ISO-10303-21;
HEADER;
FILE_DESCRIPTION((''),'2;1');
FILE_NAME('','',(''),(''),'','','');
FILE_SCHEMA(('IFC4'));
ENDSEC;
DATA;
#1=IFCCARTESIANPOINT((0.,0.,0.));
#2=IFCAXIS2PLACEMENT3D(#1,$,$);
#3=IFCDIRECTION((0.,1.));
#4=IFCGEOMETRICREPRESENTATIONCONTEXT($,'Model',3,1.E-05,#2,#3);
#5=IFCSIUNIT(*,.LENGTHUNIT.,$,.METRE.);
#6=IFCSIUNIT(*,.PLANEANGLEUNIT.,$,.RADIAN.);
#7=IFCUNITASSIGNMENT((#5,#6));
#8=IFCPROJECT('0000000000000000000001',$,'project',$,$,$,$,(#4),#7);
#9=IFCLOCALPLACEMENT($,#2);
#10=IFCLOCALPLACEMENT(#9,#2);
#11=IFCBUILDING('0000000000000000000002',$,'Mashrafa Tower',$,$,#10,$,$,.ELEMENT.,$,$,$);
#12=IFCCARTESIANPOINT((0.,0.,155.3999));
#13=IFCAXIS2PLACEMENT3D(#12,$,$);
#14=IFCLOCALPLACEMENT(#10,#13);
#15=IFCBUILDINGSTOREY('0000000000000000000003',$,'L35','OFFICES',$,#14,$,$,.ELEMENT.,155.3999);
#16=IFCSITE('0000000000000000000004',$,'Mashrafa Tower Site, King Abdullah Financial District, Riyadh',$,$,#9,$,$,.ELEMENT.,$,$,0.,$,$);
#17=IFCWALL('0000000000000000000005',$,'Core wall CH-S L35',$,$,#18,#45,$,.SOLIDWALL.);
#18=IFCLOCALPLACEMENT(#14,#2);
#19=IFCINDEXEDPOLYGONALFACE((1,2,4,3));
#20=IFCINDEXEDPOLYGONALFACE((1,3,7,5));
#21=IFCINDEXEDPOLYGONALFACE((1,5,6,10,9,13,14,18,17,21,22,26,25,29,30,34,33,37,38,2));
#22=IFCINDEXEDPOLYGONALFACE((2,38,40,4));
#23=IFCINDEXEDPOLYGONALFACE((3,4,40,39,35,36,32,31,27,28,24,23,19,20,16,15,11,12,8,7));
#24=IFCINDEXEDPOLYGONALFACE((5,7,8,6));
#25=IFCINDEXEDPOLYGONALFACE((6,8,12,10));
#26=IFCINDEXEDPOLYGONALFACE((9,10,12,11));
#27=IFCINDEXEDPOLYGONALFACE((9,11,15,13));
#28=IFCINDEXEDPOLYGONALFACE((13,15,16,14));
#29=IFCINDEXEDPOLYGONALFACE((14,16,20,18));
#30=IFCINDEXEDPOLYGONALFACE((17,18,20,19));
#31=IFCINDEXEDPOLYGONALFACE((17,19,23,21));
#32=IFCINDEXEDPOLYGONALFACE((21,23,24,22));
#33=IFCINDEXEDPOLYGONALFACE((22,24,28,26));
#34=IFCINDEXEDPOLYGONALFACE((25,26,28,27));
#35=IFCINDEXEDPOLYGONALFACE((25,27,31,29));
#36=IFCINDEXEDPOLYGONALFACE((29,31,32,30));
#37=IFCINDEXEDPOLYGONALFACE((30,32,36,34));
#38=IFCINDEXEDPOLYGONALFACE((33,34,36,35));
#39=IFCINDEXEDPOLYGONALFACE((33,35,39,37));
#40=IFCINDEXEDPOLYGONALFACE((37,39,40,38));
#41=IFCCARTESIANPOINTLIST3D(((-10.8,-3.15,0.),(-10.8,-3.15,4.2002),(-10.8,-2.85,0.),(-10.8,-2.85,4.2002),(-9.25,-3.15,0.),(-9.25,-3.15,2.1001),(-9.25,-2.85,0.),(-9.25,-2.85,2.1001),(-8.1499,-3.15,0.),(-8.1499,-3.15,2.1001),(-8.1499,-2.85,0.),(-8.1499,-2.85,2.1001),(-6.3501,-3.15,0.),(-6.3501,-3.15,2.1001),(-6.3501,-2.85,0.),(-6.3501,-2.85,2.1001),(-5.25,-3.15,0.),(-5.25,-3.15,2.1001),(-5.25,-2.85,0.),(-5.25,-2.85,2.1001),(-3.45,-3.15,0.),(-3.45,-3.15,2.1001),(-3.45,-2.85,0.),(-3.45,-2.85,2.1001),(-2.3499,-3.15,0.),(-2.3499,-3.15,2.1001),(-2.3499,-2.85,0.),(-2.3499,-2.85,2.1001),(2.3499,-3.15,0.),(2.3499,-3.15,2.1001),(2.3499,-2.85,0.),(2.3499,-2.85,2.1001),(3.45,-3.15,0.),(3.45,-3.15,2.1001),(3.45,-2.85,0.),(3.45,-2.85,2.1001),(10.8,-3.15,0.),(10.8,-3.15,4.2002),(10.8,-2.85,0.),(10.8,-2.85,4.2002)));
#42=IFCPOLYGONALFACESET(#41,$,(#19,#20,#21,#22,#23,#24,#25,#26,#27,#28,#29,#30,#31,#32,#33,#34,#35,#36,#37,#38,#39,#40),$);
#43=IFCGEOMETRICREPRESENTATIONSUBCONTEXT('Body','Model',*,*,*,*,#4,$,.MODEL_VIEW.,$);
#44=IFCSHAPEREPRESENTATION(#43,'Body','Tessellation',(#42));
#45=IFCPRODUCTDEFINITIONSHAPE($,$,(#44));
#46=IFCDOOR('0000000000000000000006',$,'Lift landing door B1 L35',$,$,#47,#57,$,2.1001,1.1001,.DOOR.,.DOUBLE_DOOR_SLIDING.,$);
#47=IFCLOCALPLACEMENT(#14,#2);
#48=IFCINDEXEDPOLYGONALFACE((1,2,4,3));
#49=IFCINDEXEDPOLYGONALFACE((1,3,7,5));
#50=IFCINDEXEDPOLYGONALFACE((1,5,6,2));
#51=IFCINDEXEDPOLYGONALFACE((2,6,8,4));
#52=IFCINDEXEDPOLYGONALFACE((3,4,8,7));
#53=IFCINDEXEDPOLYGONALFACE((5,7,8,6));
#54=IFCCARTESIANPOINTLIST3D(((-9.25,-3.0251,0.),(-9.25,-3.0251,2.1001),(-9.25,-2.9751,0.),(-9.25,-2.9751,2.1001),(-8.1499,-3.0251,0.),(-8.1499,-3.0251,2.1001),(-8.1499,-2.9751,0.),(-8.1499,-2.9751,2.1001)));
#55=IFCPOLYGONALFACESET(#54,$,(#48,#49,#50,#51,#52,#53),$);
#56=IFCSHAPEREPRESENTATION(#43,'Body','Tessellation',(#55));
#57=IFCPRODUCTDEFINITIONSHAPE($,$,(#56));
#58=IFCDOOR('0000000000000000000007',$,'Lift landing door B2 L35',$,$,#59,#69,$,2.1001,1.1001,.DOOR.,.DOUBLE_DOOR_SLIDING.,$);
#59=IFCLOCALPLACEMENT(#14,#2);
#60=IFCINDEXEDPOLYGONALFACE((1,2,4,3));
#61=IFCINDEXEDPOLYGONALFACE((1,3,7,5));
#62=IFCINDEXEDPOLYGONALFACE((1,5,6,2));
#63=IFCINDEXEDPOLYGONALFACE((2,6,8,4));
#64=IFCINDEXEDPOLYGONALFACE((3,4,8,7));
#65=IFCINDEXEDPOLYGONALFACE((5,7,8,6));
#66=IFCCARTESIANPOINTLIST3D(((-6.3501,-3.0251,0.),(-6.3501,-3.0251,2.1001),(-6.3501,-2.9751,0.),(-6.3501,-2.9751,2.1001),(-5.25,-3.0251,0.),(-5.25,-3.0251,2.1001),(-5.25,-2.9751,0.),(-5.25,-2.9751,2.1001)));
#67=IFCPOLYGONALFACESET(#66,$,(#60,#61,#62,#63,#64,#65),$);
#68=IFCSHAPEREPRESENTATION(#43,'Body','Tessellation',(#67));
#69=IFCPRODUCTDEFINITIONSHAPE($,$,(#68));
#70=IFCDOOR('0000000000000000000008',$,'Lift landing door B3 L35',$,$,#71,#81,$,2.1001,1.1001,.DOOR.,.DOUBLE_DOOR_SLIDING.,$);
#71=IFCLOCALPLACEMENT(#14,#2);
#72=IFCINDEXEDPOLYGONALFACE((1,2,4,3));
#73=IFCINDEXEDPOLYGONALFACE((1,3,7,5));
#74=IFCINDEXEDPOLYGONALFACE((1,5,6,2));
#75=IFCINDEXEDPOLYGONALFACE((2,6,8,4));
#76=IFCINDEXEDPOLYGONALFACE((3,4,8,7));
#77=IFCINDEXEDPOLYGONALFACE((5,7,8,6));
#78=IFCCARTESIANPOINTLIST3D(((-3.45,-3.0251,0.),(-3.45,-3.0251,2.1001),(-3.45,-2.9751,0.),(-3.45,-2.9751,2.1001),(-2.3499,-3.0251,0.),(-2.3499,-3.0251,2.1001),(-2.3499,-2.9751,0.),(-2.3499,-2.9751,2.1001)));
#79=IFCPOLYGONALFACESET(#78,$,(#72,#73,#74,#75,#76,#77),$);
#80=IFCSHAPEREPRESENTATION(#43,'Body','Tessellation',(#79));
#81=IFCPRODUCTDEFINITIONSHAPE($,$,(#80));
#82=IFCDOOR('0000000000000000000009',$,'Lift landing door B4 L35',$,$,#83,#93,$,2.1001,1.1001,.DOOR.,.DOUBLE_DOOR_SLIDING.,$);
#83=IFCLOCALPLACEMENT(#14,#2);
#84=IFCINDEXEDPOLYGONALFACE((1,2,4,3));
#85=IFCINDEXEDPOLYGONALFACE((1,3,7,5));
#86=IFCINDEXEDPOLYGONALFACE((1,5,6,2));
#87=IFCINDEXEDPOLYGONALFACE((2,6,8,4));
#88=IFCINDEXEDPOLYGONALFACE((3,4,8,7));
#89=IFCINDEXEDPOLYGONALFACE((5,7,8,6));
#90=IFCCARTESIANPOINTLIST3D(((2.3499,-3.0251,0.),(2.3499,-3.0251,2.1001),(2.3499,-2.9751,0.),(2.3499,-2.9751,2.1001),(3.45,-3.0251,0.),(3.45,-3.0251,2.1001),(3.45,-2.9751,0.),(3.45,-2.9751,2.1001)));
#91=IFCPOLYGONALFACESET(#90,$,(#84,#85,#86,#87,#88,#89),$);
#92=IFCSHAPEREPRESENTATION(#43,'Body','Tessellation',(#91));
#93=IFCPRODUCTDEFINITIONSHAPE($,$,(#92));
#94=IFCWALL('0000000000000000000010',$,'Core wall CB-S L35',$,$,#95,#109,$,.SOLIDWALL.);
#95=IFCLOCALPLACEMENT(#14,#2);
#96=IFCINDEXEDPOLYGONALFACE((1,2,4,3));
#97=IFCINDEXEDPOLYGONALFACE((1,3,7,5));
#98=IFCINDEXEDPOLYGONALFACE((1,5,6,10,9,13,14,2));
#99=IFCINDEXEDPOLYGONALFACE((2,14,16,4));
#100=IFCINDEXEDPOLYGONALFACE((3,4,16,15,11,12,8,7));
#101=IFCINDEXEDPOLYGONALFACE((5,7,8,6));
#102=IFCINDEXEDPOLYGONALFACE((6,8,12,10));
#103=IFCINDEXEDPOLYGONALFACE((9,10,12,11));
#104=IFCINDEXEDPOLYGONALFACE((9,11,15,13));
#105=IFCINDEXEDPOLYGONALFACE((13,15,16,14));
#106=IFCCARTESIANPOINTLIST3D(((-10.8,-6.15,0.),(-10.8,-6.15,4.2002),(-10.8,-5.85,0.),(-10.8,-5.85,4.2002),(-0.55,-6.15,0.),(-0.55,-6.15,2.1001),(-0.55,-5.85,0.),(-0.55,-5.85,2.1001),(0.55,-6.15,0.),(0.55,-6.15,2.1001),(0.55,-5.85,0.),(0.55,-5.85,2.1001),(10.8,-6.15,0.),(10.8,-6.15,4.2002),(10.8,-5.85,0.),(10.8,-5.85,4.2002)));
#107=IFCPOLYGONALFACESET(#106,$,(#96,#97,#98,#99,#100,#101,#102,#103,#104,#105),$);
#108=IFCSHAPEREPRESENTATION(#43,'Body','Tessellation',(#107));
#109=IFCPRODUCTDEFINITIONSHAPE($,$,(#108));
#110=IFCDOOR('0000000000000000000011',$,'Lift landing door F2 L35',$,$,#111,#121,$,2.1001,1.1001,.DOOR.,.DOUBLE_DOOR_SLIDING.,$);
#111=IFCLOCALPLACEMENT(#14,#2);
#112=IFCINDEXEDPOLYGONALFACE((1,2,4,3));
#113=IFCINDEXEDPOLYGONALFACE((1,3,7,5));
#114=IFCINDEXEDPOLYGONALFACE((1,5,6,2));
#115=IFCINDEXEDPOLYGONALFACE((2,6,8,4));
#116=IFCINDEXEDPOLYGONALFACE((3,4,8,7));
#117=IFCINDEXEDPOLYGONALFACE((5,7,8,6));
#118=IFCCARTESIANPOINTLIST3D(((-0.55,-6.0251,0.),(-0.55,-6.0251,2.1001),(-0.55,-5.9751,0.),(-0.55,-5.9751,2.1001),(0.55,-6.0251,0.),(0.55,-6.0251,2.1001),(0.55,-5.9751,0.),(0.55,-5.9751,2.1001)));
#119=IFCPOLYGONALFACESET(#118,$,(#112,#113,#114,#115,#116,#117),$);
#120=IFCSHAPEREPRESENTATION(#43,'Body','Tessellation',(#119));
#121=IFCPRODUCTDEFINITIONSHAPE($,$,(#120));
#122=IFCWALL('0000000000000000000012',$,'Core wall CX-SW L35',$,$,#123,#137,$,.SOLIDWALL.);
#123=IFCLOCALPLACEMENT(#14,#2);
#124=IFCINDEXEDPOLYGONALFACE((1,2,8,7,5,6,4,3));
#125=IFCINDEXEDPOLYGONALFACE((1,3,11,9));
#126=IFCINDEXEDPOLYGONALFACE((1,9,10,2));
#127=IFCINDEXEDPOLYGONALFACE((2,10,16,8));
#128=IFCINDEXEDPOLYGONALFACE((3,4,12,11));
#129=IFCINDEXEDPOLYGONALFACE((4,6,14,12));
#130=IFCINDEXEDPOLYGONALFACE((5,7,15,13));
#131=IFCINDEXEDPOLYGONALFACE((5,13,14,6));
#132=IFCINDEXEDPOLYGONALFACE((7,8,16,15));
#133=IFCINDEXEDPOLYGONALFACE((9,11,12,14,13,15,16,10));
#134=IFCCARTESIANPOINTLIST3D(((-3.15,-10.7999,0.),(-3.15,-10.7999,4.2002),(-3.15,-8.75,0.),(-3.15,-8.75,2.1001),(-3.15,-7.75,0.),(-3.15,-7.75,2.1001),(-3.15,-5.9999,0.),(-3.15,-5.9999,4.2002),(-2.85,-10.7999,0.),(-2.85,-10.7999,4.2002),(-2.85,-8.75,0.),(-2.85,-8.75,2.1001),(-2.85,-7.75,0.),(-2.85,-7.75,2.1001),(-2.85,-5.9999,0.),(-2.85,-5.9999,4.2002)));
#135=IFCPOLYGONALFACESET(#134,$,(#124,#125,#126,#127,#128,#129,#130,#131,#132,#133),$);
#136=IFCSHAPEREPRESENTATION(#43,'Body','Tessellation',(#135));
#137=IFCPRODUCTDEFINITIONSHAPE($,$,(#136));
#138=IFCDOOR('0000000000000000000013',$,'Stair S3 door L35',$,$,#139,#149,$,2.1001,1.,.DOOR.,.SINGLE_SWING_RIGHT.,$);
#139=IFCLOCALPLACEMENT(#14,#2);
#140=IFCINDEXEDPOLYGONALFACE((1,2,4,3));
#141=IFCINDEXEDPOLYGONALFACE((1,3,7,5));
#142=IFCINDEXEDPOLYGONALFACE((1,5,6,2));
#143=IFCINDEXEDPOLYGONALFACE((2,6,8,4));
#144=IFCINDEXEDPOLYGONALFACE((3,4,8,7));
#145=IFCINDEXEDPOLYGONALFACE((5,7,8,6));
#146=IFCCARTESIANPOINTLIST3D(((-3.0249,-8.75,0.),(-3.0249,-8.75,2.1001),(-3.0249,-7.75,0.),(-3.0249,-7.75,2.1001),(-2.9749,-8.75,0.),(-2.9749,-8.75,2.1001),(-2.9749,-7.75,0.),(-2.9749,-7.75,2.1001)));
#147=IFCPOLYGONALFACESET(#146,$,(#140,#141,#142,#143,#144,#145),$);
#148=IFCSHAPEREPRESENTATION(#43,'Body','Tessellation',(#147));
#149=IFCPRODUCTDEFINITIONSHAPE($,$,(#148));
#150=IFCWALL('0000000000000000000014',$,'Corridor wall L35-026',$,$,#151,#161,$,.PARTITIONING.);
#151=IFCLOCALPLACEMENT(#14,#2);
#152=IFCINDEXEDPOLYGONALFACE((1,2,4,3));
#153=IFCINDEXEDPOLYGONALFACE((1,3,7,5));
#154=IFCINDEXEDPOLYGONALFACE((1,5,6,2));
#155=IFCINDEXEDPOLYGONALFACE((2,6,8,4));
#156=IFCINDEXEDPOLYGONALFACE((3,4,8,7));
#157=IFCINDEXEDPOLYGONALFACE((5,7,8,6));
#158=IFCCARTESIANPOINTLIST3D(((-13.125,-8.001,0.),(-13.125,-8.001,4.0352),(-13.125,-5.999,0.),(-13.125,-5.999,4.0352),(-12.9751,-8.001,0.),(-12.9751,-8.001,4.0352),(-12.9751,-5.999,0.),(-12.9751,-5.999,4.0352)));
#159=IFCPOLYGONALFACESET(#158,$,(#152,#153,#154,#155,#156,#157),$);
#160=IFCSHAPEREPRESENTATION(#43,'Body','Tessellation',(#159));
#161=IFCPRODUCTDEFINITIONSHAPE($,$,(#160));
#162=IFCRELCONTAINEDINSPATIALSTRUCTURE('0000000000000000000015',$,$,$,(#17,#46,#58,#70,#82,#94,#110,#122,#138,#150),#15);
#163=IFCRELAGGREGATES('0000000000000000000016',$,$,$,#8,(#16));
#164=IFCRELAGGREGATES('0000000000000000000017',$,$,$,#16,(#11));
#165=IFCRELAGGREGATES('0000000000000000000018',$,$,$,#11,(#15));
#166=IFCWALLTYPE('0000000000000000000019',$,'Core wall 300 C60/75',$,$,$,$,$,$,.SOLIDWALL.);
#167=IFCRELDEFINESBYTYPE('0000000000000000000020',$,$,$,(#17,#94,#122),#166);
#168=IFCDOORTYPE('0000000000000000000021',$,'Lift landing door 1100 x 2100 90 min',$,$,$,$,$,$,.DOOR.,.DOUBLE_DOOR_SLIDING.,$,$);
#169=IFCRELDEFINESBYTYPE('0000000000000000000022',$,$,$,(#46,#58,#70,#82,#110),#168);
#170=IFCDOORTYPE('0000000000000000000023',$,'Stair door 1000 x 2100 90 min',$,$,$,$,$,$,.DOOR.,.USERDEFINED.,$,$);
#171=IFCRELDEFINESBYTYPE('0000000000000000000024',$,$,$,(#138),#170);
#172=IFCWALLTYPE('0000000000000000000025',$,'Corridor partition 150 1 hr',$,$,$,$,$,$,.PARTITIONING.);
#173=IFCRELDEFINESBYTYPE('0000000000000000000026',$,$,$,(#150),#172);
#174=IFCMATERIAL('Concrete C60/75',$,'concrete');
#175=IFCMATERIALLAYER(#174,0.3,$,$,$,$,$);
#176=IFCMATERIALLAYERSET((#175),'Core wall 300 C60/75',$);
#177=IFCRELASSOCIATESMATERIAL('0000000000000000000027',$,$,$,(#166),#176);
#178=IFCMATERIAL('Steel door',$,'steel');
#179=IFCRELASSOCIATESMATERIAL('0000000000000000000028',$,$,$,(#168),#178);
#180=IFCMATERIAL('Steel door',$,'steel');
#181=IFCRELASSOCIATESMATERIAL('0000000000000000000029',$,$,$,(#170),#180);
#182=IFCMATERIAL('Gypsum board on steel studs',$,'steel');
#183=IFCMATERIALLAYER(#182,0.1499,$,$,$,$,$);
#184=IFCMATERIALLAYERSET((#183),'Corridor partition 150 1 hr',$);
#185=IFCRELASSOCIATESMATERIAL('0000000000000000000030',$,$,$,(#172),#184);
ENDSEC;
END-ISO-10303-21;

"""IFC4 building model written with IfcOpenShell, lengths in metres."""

from ifc_helpers import new_model, si_unit, direction, frame, frame_2d, origin, place, context, subcontext, project, spatial, rectangle, extrude, material, layer, layer_set, type_object, element, fill, save


model = new_model("IFC4")

# Units and contexts
model_context = context("Model", 3, precision=1e-05, world=origin(), true_north=direction((0.0, 1.0)))
body_context = subcontext(model_context, "Body", "Model", "MODEL_VIEW")
ifc_project = project(units=[si_unit("LENGTHUNIT", "METRE"), si_unit("PLANEANGLEUNIT", "RADIAN")], contexts=[model_context])

# Site, building, storey
site_placement = place(None, origin())
site = spatial("IfcSite", under=ifc_project, at=site_placement, Name="Mashrafa Tower Site, King Abdullah Financial District, Riyadh", CompositionType="ELEMENT", RefElevation=0.0)
building_placement = place(site_placement, origin())
building = spatial("IfcBuilding", under=site, at=building_placement, Name="Mashrafa Tower", CompositionType="ELEMENT")
storey_placement = place(building_placement, frame((0.0, 0.0, 155.3999)))
storey = spatial("IfcBuildingStorey", under=building, at=storey_placement, Name="L35", Description="OFFICES", CompositionType="ELEMENT", Elevation=155.3999)

# Wall, openings, doors
ifc_material_1 = material(Name="Concrete C60/75", Category="concrete")
ifc_layer_1 = layer(ifc_material_1, 0.3)
ifc_layer_set_1 = layer_set([ifc_layer_1], Name="Core wall 300 C60/75")
wall_type_1 = type_object("IfcWallType", Name="Core wall 300 C60/75", PredefinedType="SOLIDWALL", material=ifc_layer_set_1)
wall_1_placement = place(storey_placement, frame((-10.8, -3.0, 0.0), z_axis=(0.0, 0.0, 1.0), x_axis=(1.0, 0.0, 0.0)))
wall_1 = element("IfcWall", 1, at=wall_1_placement, inside=storey, type_object=wall_type_1, Name="Core wall CH-S L35", PredefinedType="SOLIDWALL", context=body_context, shape_type="SweptSolid", body=[
    extrude(rectangle(XDim=21.6001, YDim=0.3, at=frame_2d((10.8, 0.0))), origin(), (0.0, 0.0, 1.0), 4.2002),
])
opening_1_placement = place(wall_1_placement, frame((1.55, 0.0, 0.0)))
opening_1 = element("IfcOpeningElement", 2, at=opening_1_placement, cuts=wall_1, PredefinedType="OPENING", context=body_context, shape_type="SweptSolid", body=[
    extrude(rectangle(XDim=1.1001, YDim=2.1001, at=frame_2d((0.55, 1.05))), frame((0.0, 0.1599, 0.0), z_axis=(0.0, -1.0, 0.0), x_axis=(1.0, 0.0, 0.0)), (0.0, 0.0, 1.0), 0.3201),
])
opening_2_placement = place(wall_1_placement, frame((4.45, 0.0, 0.0)))
opening_2 = element("IfcOpeningElement", 3, at=opening_2_placement, cuts=wall_1, PredefinedType="OPENING", context=body_context, shape_type="SweptSolid", body=[
    extrude(rectangle(XDim=1.1001, YDim=2.1001, at=frame_2d((0.55, 1.05))), frame((0.0, 0.1599, 0.0), z_axis=(0.0, -1.0, 0.0), x_axis=(1.0, 0.0, 0.0)), (0.0, 0.0, 1.0), 0.3201),
])
opening_3_placement = place(wall_1_placement, frame((7.3501, 0.0, 0.0)))
opening_3 = element("IfcOpeningElement", 4, at=opening_3_placement, cuts=wall_1, PredefinedType="OPENING", context=body_context, shape_type="SweptSolid", body=[
    extrude(rectangle(XDim=1.1001, YDim=2.1001, at=frame_2d((0.55, 1.05))), frame((0.0, 0.1599, 0.0), z_axis=(0.0, -1.0, 0.0), x_axis=(1.0, 0.0, 0.0)), (0.0, 0.0, 1.0), 0.3201),
])
opening_4_placement = place(wall_1_placement, frame((13.1499, 0.0, 0.0)))
opening_4 = element("IfcOpeningElement", 5, at=opening_4_placement, cuts=wall_1, PredefinedType="OPENING", context=body_context, shape_type="SweptSolid", body=[
    extrude(rectangle(XDim=1.1001, YDim=2.1001, at=frame_2d((0.55, 1.05))), frame((0.0, 0.1599, 0.0), z_axis=(0.0, -1.0, 0.0), x_axis=(1.0, 0.0, 0.0)), (0.0, 0.0, 1.0), 0.3201),
])
ifc_material_2 = material(Name="Steel door", Category="steel")
door_type_1 = type_object("IfcDoorType", Name="Lift landing door 1100 x 2100 90 min", OperationType="DOUBLE_DOOR_SLIDING", PredefinedType="DOOR", material=ifc_material_2)
door_1_placement = place(opening_1_placement, origin())
door_1 = element("IfcDoor", 6, at=door_1_placement, inside=storey, type_object=door_type_1, Name="Lift landing door B1 L35", OperationType="DOUBLE_DOOR_SLIDING", OverallHeight=2.1001, OverallWidth=1.1001, PredefinedType="DOOR", context=body_context, shape_type="SweptSolid", body=[
    extrude(rectangle(XDim=1.1001, YDim=2.1001, at=frame_2d((0.55, 1.05))), frame((0.0, 0.0249, 0.0), z_axis=(0.0, -1.0, 0.0), x_axis=(1.0, 0.0, 0.0)), (0.0, 0.0, 1.0), 0.05),
])
fill(opening_1, door_1)
door_2_placement = place(opening_2_placement, origin())
door_2 = element("IfcDoor", 7, at=door_2_placement, inside=storey, type_object=door_type_1, Name="Lift landing door B2 L35", OperationType="DOUBLE_DOOR_SLIDING", OverallHeight=2.1001, OverallWidth=1.1001, PredefinedType="DOOR", context=body_context, shape_type="SweptSolid", body=[
    extrude(rectangle(XDim=1.1001, YDim=2.1001, at=frame_2d((0.55, 1.05))), frame((0.0, 0.0249, 0.0), z_axis=(0.0, -1.0, 0.0), x_axis=(1.0, 0.0, 0.0)), (0.0, 0.0, 1.0), 0.05),
])
fill(opening_2, door_2)
door_3_placement = place(opening_3_placement, origin())
door_3 = element("IfcDoor", 8, at=door_3_placement, inside=storey, type_object=door_type_1, Name="Lift landing door B3 L35", OperationType="DOUBLE_DOOR_SLIDING", OverallHeight=2.1001, OverallWidth=1.1001, PredefinedType="DOOR", context=body_context, shape_type="SweptSolid", body=[
    extrude(rectangle(XDim=1.1001, YDim=2.1001, at=frame_2d((0.55, 1.05))), frame((0.0, 0.0249, 0.0), z_axis=(0.0, -1.0, 0.0), x_axis=(1.0, 0.0, 0.0)), (0.0, 0.0, 1.0), 0.05),
])
fill(opening_3, door_3)
door_4_placement = place(opening_4_placement, origin())
door_4 = element("IfcDoor", 9, at=door_4_placement, inside=storey, type_object=door_type_1, Name="Lift landing door B4 L35", OperationType="DOUBLE_DOOR_SLIDING", OverallHeight=2.1001, OverallWidth=1.1001, PredefinedType="DOOR", context=body_context, shape_type="SweptSolid", body=[
    extrude(rectangle(XDim=1.1001, YDim=2.1001, at=frame_2d((0.55, 1.05))), frame((0.0, 0.0249, 0.0), z_axis=(0.0, -1.0, 0.0), x_axis=(1.0, 0.0, 0.0)), (0.0, 0.0, 1.0), 0.05),
])
fill(opening_4, door_4)

# Walls, openings, doors
wall_2_placement = place(storey_placement, frame((-10.8, -6.0, 0.0), z_axis=(0.0, 0.0, 1.0), x_axis=(1.0, 0.0, 0.0)))
wall_2 = element("IfcWall", 10, at=wall_2_placement, inside=storey, type_object=wall_type_1, Name="Core wall CB-S L35", PredefinedType="SOLIDWALL", context=body_context, shape_type="SweptSolid", body=[
    extrude(rectangle(XDim=21.6001, YDim=0.3, at=frame_2d((10.8, 0.0))), origin(), (0.0, 0.0, 1.0), 4.2002),
])
opening_5_placement = place(wall_2_placement, frame((10.25, 0.0, 0.0)))
opening_5 = element("IfcOpeningElement", 11, at=opening_5_placement, cuts=wall_2, PredefinedType="OPENING", context=body_context, shape_type="SweptSolid", body=[
    extrude(rectangle(XDim=1.1001, YDim=2.1001, at=frame_2d((0.55, 1.05))), frame((0.0, 0.1599, 0.0), z_axis=(0.0, -1.0, 0.0), x_axis=(1.0, 0.0, 0.0)), (0.0, 0.0, 1.0), 0.3201),
])
door_5_placement = place(opening_5_placement, origin())
door_5 = element("IfcDoor", 12, at=door_5_placement, inside=storey, type_object=door_type_1, Name="Lift landing door F2 L35", OperationType="DOUBLE_DOOR_SLIDING", OverallHeight=2.1001, OverallWidth=1.1001, PredefinedType="DOOR", context=body_context, shape_type="SweptSolid", body=[
    extrude(rectangle(XDim=1.1001, YDim=2.1001, at=frame_2d((0.55, 1.05))), frame((0.0, 0.0249, 0.0), z_axis=(0.0, -1.0, 0.0), x_axis=(1.0, 0.0, 0.0)), (0.0, 0.0, 1.0), 0.05),
])
fill(opening_5, door_5)
wall_3_placement = place(storey_placement, frame((-3.0, -6.0, 0.0), z_axis=(0.0, 0.0, 1.0), x_axis=(0.0, -1.0, 0.0)))
wall_3 = element("IfcWall", 13, at=wall_3_placement, inside=storey, type_object=wall_type_1, Name="Core wall CX-SW L35", PredefinedType="SOLIDWALL", context=body_context, shape_type="SweptSolid", body=[
    extrude(rectangle(XDim=4.8, YDim=0.3, at=frame_2d((2.3999, 0.0))), origin(), (0.0, 0.0, 1.0), 4.2002),
])
opening_6_placement = place(wall_3_placement, frame((1.75, 0.0, 0.0)))
opening_6 = element("IfcOpeningElement", 14, at=opening_6_placement, cuts=wall_3, PredefinedType="OPENING", context=body_context, shape_type="SweptSolid", body=[
    extrude(rectangle(XDim=1.0, YDim=2.1001, at=frame_2d((0.5, 1.05))), frame((0.0, 0.1599, 0.0), z_axis=(0.0, -1.0, 0.0), x_axis=(1.0, 0.0, 0.0)), (0.0, 0.0, 1.0), 0.3201),
])
ifc_material_3 = material(Name="Steel door", Category="steel")
door_type_2 = type_object("IfcDoorType", Name="Stair door 1000 x 2100 90 min", OperationType="USERDEFINED", PredefinedType="DOOR", material=ifc_material_3)
door_6_placement = place(opening_6_placement, frame((1.0, 0.0, 0.0), z_axis=(0.0, 0.0, 1.0), x_axis=(-1.0, 0.0, 0.0)))
door_6 = element("IfcDoor", 15, at=door_6_placement, inside=storey, type_object=door_type_2, Name="Stair S3 door L35", OperationType="SINGLE_SWING_RIGHT", OverallHeight=2.1001, OverallWidth=1.0, PredefinedType="DOOR", context=body_context, shape_type="SweptSolid", body=[
    extrude(rectangle(XDim=1.0, YDim=2.1001, at=frame_2d((0.5, 1.05))), frame((0.0, 0.0249, 0.0), z_axis=(0.0, -1.0, 0.0), x_axis=(1.0, 0.0, 0.0)), (0.0, 0.0, 1.0), 0.05),
])
fill(opening_6, door_6)
ifc_material_4 = material(Name="Gypsum board on steel studs", Category="steel")
ifc_layer_2 = layer(ifc_material_4, 0.1499)
ifc_layer_set_2 = layer_set([ifc_layer_2], Name="Corridor partition 150 1 hr")
wall_type_2 = type_object("IfcWallType", Name="Corridor partition 150 1 hr", PredefinedType="PARTITIONING", material=ifc_layer_set_2)

# Wall
wall_4_placement = place(storey_placement, frame((-13.05, -5.999, 0.0), z_axis=(0.0, 0.0, 1.0), x_axis=(0.0, -1.0, 0.0)))
element("IfcWall", 16, at=wall_4_placement, inside=storey, type_object=wall_type_2, Name="Corridor wall L35-026", PredefinedType="PARTITIONING", context=body_context, shape_type="SweptSolid", body=[
    extrude(rectangle(XDim=2.002, YDim=0.1499, at=frame_2d((1.001, 0.0))), origin(), (0.0, 0.0, 1.0), 4.0352),
])

save(model, "model.ifc")
